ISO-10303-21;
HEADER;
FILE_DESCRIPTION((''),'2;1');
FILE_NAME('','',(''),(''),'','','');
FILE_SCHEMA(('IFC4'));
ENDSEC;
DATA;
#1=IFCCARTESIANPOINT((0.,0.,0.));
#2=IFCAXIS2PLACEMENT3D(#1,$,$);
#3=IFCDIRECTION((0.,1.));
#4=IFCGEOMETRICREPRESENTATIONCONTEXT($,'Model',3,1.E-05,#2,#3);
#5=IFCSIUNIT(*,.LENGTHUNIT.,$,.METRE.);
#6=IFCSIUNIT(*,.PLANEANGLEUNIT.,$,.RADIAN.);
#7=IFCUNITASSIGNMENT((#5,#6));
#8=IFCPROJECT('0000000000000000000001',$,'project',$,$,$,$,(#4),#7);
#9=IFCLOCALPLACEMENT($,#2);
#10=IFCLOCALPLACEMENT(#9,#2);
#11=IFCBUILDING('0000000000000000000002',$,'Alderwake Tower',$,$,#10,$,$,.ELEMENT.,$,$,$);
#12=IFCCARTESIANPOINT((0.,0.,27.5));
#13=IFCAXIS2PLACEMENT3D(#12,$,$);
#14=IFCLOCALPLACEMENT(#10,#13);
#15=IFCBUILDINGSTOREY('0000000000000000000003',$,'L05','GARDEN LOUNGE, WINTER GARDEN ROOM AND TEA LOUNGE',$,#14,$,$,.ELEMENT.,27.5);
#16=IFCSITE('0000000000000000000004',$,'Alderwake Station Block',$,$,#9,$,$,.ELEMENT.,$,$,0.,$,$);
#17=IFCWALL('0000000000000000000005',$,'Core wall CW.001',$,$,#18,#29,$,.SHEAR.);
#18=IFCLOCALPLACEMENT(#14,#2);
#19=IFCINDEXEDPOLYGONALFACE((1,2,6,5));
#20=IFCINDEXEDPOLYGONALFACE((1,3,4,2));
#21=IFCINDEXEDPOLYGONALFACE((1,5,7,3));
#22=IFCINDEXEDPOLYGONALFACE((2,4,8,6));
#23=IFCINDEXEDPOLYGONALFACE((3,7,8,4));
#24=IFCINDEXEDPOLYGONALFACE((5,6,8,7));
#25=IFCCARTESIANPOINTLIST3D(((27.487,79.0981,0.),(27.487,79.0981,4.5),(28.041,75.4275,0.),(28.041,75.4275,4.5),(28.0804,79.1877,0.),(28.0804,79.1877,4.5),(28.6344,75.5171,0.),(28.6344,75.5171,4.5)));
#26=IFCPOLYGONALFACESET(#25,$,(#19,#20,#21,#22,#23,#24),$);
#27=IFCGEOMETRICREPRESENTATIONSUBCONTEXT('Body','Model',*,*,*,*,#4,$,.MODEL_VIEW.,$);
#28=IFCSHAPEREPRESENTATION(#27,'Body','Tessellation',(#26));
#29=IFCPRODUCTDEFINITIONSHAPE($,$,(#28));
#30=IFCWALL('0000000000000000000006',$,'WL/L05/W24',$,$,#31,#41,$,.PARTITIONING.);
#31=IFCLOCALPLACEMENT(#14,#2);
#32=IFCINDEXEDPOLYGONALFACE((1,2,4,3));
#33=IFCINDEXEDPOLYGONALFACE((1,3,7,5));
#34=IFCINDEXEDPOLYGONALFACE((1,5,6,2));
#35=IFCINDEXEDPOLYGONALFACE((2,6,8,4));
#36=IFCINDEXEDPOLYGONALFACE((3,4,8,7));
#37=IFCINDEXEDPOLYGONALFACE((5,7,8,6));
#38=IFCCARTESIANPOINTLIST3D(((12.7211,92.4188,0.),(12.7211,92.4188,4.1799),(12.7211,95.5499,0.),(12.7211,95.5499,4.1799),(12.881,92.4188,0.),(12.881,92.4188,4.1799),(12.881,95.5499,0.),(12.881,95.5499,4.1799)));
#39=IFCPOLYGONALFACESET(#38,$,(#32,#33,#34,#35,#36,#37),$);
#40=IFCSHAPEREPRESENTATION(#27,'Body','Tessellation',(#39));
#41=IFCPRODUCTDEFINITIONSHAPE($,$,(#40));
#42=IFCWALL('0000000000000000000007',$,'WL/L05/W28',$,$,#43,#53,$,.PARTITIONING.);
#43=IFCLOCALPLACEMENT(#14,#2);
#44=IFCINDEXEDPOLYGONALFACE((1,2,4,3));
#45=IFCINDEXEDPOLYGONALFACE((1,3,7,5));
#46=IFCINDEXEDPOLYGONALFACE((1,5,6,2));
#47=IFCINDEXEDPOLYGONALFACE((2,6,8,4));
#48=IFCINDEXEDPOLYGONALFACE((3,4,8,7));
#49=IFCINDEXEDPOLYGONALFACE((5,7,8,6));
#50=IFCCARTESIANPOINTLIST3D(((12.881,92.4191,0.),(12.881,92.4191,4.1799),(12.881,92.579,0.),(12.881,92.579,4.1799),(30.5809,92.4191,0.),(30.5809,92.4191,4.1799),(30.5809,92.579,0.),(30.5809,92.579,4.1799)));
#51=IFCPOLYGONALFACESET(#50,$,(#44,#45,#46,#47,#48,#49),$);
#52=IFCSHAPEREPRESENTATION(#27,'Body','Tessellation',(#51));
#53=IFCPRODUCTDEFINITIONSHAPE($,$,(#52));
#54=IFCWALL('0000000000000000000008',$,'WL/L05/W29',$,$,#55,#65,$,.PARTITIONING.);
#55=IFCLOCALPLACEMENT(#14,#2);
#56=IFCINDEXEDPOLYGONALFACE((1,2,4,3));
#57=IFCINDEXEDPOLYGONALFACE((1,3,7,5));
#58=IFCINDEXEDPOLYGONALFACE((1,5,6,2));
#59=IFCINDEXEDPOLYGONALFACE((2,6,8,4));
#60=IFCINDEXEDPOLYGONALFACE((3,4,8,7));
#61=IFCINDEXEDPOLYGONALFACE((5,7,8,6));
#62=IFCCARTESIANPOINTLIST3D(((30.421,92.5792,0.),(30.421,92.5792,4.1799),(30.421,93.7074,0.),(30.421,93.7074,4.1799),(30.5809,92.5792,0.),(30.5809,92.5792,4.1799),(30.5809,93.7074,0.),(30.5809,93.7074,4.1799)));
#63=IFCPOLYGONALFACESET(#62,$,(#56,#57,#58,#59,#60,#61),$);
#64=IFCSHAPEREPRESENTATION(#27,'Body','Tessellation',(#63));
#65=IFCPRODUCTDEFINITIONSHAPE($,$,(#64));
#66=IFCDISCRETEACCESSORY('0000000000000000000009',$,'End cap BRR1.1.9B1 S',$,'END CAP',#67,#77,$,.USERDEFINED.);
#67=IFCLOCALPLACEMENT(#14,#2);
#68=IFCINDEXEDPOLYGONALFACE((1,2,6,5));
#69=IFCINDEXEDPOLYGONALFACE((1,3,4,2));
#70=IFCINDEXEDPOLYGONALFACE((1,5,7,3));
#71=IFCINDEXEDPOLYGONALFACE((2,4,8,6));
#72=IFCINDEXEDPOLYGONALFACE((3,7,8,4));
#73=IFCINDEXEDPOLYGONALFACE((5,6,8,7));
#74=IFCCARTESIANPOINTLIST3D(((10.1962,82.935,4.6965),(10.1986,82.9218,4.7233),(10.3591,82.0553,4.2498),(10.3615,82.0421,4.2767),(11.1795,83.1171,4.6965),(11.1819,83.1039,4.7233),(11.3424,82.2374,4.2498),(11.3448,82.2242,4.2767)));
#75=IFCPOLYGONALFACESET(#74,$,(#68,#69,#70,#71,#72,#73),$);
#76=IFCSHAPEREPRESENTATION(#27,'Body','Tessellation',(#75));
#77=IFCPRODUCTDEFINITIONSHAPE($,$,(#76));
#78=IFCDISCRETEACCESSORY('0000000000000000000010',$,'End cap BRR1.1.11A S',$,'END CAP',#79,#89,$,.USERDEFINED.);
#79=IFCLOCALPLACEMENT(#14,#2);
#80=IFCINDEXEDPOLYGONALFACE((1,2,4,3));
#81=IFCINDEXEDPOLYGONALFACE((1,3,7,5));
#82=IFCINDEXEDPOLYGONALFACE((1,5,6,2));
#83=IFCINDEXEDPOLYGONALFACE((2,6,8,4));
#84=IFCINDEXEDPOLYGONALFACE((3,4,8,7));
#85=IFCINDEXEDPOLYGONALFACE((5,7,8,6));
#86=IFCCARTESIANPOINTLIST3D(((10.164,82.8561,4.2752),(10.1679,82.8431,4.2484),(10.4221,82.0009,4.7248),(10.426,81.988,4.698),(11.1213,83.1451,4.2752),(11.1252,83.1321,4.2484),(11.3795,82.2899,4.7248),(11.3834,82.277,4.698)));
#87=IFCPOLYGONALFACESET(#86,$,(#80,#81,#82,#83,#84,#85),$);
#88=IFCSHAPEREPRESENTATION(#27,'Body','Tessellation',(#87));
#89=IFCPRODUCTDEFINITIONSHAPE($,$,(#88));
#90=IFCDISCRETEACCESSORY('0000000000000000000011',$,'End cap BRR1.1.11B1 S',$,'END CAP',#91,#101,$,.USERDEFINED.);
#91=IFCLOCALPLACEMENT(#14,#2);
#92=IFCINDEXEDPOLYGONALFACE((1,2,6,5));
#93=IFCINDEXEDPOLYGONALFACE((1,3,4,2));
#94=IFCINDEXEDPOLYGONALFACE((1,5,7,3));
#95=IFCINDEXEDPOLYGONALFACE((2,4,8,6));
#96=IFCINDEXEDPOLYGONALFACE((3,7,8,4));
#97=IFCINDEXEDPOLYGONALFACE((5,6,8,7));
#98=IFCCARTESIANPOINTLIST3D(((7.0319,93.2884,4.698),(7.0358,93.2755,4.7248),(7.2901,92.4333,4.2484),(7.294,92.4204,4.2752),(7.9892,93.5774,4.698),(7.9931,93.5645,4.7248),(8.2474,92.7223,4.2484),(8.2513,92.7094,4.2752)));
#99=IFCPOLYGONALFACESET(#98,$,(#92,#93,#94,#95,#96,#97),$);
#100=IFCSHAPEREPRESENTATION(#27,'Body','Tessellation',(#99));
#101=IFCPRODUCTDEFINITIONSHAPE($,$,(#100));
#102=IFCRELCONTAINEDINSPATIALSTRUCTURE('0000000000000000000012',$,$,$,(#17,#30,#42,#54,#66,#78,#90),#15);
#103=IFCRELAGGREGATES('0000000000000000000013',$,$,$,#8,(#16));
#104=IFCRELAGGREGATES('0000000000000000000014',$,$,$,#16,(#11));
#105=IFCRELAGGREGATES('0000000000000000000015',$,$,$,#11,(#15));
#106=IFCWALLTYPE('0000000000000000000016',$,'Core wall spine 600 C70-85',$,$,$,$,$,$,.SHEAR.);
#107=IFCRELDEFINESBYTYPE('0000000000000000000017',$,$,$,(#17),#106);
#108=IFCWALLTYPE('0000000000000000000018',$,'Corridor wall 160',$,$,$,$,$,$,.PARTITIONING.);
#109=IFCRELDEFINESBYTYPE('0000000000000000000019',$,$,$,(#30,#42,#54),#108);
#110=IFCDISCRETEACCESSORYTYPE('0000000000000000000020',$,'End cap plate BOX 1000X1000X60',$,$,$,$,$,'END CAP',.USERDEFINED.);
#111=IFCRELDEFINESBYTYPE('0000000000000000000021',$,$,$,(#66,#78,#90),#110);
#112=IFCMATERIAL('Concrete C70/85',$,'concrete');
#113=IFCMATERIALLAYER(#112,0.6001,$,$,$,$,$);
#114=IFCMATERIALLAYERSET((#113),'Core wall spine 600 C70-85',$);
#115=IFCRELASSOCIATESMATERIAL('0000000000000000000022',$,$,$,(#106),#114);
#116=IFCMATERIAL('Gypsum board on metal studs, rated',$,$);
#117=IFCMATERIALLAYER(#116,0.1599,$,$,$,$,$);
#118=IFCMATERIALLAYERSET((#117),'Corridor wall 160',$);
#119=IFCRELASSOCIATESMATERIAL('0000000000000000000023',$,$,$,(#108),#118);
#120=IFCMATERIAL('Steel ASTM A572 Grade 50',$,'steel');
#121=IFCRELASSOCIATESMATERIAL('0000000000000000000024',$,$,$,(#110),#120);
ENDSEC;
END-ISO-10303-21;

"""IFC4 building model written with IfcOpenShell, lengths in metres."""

from ifc_helpers import new_model, si_unit, direction, frame, frame_2d, origin, origin_2d, place, context, subcontext, project, spatial, rectangle, extrude, material, layer, layer_set, material_profile, profile_set, type_object, element, save


model = new_model("IFC4")

# Units and contexts
model_context = context("Model", 3, precision=1e-05, world=origin(), true_north=direction((0.0, 1.0)))
body_context = subcontext(model_context, "Body", "Model", "MODEL_VIEW")
ifc_project = project(units=[si_unit("LENGTHUNIT", "METRE"), si_unit("PLANEANGLEUNIT", "RADIAN")], contexts=[model_context])

# Site, building, storey
site_placement = place(None, origin())
site = spatial("IfcSite", under=ifc_project, at=site_placement, Name="Alderwake Station Block", CompositionType="ELEMENT", RefElevation=0.0)
building_placement = place(site_placement, origin())
building = spatial("IfcBuilding", under=site, at=building_placement, Name="Alderwake Tower", CompositionType="ELEMENT")
storey_placement = place(building_placement, frame((0.0, 0.0, 27.5)))
storey = spatial("IfcBuildingStorey", under=building, at=storey_placement, Name="L05", Description="GARDEN LOUNGE, WINTER GARDEN ROOM AND TEA LOUNGE", CompositionType="ELEMENT", Elevation=27.5)

# Walls
ifc_material_1 = material(Name="Concrete C70/85", Category="concrete")
ifc_layer_1 = layer(ifc_material_1, 0.6001)
ifc_layer_set_1 = layer_set([ifc_layer_1], Name="Core wall spine 600 C70-85")
wall_type_1 = type_object("IfcWallType", Name="Core wall spine 600 C70-85", PredefinedType="SHEAR", material=ifc_layer_set_1)
wall_1_placement = place(storey_placement, frame((28.3376, 75.4724, 0.0), z_axis=(0.0, 0.0, 1.0), x_axis=(-0.149225, 0.988803, 0.0)))
element("IfcWall", 1, at=wall_1_placement, inside=storey, type_object=wall_type_1, Name="Core wall CW.001", PredefinedType="SHEAR", context=body_context, shape_type="SweptSolid", body=[
    extrude(rectangle(XDim=3.7122, YDim=0.6001, at=frame_2d((1.856, 0.0))), origin(), (0.0, 0.0, 1.0), 4.5),
])
ifc_material_2 = material(Name="Gypsum board on metal studs, rated")
ifc_layer_2 = layer(ifc_material_2, 0.1599)
ifc_layer_set_2 = layer_set([ifc_layer_2], Name="Corridor wall 160")
wall_type_2 = type_object("IfcWallType", Name="Corridor wall 160", PredefinedType="PARTITIONING", material=ifc_layer_set_2)
wall_2_placement = place(storey_placement, frame((12.801, 92.4189, 0.0), z_axis=(0.0, 0.0, 1.0), x_axis=(0.0, 1.0, 0.0)))
element("IfcWall", 2, at=wall_2_placement, inside=storey, type_object=wall_type_2, Name="WL/L05/W24", PredefinedType="PARTITIONING", context=body_context, shape_type="SweptSolid", body=[
    extrude(rectangle(XDim=3.1311, YDim=0.1599, at=frame_2d((1.5654, 0.0))), origin(), (0.0, 0.0, 1.0), 4.1799),
])
wall_3_placement = place(storey_placement, frame((30.5811, 92.499, 0.0), z_axis=(0.0, 0.0, 1.0), x_axis=(-1.0, 0.0, 0.0)))
element("IfcWall", 3, at=wall_3_placement, inside=storey, type_object=wall_type_2, Name="WL/L05/W28", PredefinedType="PARTITIONING", context=body_context, shape_type="SweptSolid", body=[
    extrude(rectangle(XDim=17.7, YDim=0.1599, at=frame_2d((8.8501, 0.0))), origin(), (0.0, 0.0, 1.0), 4.1799),
])
wall_4_placement = place(storey_placement, frame((30.501, 93.7073, 0.0), z_axis=(0.0, 0.0, 1.0), x_axis=(0.0, -1.0, 0.0)))
element("IfcWall", 4, at=wall_4_placement, inside=storey, type_object=wall_type_2, Name="WL/L05/W29", PredefinedType="PARTITIONING", context=body_context, shape_type="SweptSolid", body=[
    extrude(rectangle(XDim=1.1282, YDim=0.1599, at=frame_2d((0.564, 0.0))), origin(), (0.0, 0.0, 1.0), 4.1799),
])

# Discrete accessories
ifc_material_3 = material(Name="Steel ASTM A572 Grade 50", Category="steel")
ifc_material_profile_1 = material_profile(ifc_material_3, rectangle(XDim=1.0, YDim=1.0, at=origin_2d()), Name="BOX 1000X1000X60 cap")
ifc_profile_set_1 = profile_set([ifc_material_profile_1], Name="Steel ASTM A572 Grade 50")
discrete_accessory_type = type_object("IfcDiscreteAccessoryType", Name="End cap plate BOX 1000X1000X60", ElementType="END CAP", PredefinedType="USERDEFINED", material=ifc_profile_set_1)
for number, where, z_axis, x_axis, name in (
    (5, (10.7717, 82.573, 4.5), (-0.081336, 0.439213, -0.894693), (-0.983282, -0.182089, 0.0), "End cap BRR1.1.9B1 S"),
    (6, (10.7717, 82.573, 4.5), (0.129927, -0.430383, -0.893247), (0.957328, 0.289005, 0.0), "End cap BRR1.1.11A S"),
    (7, (7.6436, 92.9924, 4.5), (-0.129927, 0.430383, -0.893247), (-0.957328, -0.289005, 0.0), "End cap BRR1.1.11B1 S"),
):
    element("IfcDiscreteAccessory", number, at=place(storey_placement, frame(where, z_axis=z_axis, x_axis=x_axis)), inside=storey, type_object=discrete_accessory_type, Name=name, ObjectType="END CAP", PredefinedType="USERDEFINED", context=body_context, shape_type="SweptSolid", body=[
        extrude(rectangle(XDim=1.0, YDim=1.0, at=origin_2d()), origin(), (0.0, 0.0, 1.0), 0.03),
    ])

save(model, "model.ifc")
